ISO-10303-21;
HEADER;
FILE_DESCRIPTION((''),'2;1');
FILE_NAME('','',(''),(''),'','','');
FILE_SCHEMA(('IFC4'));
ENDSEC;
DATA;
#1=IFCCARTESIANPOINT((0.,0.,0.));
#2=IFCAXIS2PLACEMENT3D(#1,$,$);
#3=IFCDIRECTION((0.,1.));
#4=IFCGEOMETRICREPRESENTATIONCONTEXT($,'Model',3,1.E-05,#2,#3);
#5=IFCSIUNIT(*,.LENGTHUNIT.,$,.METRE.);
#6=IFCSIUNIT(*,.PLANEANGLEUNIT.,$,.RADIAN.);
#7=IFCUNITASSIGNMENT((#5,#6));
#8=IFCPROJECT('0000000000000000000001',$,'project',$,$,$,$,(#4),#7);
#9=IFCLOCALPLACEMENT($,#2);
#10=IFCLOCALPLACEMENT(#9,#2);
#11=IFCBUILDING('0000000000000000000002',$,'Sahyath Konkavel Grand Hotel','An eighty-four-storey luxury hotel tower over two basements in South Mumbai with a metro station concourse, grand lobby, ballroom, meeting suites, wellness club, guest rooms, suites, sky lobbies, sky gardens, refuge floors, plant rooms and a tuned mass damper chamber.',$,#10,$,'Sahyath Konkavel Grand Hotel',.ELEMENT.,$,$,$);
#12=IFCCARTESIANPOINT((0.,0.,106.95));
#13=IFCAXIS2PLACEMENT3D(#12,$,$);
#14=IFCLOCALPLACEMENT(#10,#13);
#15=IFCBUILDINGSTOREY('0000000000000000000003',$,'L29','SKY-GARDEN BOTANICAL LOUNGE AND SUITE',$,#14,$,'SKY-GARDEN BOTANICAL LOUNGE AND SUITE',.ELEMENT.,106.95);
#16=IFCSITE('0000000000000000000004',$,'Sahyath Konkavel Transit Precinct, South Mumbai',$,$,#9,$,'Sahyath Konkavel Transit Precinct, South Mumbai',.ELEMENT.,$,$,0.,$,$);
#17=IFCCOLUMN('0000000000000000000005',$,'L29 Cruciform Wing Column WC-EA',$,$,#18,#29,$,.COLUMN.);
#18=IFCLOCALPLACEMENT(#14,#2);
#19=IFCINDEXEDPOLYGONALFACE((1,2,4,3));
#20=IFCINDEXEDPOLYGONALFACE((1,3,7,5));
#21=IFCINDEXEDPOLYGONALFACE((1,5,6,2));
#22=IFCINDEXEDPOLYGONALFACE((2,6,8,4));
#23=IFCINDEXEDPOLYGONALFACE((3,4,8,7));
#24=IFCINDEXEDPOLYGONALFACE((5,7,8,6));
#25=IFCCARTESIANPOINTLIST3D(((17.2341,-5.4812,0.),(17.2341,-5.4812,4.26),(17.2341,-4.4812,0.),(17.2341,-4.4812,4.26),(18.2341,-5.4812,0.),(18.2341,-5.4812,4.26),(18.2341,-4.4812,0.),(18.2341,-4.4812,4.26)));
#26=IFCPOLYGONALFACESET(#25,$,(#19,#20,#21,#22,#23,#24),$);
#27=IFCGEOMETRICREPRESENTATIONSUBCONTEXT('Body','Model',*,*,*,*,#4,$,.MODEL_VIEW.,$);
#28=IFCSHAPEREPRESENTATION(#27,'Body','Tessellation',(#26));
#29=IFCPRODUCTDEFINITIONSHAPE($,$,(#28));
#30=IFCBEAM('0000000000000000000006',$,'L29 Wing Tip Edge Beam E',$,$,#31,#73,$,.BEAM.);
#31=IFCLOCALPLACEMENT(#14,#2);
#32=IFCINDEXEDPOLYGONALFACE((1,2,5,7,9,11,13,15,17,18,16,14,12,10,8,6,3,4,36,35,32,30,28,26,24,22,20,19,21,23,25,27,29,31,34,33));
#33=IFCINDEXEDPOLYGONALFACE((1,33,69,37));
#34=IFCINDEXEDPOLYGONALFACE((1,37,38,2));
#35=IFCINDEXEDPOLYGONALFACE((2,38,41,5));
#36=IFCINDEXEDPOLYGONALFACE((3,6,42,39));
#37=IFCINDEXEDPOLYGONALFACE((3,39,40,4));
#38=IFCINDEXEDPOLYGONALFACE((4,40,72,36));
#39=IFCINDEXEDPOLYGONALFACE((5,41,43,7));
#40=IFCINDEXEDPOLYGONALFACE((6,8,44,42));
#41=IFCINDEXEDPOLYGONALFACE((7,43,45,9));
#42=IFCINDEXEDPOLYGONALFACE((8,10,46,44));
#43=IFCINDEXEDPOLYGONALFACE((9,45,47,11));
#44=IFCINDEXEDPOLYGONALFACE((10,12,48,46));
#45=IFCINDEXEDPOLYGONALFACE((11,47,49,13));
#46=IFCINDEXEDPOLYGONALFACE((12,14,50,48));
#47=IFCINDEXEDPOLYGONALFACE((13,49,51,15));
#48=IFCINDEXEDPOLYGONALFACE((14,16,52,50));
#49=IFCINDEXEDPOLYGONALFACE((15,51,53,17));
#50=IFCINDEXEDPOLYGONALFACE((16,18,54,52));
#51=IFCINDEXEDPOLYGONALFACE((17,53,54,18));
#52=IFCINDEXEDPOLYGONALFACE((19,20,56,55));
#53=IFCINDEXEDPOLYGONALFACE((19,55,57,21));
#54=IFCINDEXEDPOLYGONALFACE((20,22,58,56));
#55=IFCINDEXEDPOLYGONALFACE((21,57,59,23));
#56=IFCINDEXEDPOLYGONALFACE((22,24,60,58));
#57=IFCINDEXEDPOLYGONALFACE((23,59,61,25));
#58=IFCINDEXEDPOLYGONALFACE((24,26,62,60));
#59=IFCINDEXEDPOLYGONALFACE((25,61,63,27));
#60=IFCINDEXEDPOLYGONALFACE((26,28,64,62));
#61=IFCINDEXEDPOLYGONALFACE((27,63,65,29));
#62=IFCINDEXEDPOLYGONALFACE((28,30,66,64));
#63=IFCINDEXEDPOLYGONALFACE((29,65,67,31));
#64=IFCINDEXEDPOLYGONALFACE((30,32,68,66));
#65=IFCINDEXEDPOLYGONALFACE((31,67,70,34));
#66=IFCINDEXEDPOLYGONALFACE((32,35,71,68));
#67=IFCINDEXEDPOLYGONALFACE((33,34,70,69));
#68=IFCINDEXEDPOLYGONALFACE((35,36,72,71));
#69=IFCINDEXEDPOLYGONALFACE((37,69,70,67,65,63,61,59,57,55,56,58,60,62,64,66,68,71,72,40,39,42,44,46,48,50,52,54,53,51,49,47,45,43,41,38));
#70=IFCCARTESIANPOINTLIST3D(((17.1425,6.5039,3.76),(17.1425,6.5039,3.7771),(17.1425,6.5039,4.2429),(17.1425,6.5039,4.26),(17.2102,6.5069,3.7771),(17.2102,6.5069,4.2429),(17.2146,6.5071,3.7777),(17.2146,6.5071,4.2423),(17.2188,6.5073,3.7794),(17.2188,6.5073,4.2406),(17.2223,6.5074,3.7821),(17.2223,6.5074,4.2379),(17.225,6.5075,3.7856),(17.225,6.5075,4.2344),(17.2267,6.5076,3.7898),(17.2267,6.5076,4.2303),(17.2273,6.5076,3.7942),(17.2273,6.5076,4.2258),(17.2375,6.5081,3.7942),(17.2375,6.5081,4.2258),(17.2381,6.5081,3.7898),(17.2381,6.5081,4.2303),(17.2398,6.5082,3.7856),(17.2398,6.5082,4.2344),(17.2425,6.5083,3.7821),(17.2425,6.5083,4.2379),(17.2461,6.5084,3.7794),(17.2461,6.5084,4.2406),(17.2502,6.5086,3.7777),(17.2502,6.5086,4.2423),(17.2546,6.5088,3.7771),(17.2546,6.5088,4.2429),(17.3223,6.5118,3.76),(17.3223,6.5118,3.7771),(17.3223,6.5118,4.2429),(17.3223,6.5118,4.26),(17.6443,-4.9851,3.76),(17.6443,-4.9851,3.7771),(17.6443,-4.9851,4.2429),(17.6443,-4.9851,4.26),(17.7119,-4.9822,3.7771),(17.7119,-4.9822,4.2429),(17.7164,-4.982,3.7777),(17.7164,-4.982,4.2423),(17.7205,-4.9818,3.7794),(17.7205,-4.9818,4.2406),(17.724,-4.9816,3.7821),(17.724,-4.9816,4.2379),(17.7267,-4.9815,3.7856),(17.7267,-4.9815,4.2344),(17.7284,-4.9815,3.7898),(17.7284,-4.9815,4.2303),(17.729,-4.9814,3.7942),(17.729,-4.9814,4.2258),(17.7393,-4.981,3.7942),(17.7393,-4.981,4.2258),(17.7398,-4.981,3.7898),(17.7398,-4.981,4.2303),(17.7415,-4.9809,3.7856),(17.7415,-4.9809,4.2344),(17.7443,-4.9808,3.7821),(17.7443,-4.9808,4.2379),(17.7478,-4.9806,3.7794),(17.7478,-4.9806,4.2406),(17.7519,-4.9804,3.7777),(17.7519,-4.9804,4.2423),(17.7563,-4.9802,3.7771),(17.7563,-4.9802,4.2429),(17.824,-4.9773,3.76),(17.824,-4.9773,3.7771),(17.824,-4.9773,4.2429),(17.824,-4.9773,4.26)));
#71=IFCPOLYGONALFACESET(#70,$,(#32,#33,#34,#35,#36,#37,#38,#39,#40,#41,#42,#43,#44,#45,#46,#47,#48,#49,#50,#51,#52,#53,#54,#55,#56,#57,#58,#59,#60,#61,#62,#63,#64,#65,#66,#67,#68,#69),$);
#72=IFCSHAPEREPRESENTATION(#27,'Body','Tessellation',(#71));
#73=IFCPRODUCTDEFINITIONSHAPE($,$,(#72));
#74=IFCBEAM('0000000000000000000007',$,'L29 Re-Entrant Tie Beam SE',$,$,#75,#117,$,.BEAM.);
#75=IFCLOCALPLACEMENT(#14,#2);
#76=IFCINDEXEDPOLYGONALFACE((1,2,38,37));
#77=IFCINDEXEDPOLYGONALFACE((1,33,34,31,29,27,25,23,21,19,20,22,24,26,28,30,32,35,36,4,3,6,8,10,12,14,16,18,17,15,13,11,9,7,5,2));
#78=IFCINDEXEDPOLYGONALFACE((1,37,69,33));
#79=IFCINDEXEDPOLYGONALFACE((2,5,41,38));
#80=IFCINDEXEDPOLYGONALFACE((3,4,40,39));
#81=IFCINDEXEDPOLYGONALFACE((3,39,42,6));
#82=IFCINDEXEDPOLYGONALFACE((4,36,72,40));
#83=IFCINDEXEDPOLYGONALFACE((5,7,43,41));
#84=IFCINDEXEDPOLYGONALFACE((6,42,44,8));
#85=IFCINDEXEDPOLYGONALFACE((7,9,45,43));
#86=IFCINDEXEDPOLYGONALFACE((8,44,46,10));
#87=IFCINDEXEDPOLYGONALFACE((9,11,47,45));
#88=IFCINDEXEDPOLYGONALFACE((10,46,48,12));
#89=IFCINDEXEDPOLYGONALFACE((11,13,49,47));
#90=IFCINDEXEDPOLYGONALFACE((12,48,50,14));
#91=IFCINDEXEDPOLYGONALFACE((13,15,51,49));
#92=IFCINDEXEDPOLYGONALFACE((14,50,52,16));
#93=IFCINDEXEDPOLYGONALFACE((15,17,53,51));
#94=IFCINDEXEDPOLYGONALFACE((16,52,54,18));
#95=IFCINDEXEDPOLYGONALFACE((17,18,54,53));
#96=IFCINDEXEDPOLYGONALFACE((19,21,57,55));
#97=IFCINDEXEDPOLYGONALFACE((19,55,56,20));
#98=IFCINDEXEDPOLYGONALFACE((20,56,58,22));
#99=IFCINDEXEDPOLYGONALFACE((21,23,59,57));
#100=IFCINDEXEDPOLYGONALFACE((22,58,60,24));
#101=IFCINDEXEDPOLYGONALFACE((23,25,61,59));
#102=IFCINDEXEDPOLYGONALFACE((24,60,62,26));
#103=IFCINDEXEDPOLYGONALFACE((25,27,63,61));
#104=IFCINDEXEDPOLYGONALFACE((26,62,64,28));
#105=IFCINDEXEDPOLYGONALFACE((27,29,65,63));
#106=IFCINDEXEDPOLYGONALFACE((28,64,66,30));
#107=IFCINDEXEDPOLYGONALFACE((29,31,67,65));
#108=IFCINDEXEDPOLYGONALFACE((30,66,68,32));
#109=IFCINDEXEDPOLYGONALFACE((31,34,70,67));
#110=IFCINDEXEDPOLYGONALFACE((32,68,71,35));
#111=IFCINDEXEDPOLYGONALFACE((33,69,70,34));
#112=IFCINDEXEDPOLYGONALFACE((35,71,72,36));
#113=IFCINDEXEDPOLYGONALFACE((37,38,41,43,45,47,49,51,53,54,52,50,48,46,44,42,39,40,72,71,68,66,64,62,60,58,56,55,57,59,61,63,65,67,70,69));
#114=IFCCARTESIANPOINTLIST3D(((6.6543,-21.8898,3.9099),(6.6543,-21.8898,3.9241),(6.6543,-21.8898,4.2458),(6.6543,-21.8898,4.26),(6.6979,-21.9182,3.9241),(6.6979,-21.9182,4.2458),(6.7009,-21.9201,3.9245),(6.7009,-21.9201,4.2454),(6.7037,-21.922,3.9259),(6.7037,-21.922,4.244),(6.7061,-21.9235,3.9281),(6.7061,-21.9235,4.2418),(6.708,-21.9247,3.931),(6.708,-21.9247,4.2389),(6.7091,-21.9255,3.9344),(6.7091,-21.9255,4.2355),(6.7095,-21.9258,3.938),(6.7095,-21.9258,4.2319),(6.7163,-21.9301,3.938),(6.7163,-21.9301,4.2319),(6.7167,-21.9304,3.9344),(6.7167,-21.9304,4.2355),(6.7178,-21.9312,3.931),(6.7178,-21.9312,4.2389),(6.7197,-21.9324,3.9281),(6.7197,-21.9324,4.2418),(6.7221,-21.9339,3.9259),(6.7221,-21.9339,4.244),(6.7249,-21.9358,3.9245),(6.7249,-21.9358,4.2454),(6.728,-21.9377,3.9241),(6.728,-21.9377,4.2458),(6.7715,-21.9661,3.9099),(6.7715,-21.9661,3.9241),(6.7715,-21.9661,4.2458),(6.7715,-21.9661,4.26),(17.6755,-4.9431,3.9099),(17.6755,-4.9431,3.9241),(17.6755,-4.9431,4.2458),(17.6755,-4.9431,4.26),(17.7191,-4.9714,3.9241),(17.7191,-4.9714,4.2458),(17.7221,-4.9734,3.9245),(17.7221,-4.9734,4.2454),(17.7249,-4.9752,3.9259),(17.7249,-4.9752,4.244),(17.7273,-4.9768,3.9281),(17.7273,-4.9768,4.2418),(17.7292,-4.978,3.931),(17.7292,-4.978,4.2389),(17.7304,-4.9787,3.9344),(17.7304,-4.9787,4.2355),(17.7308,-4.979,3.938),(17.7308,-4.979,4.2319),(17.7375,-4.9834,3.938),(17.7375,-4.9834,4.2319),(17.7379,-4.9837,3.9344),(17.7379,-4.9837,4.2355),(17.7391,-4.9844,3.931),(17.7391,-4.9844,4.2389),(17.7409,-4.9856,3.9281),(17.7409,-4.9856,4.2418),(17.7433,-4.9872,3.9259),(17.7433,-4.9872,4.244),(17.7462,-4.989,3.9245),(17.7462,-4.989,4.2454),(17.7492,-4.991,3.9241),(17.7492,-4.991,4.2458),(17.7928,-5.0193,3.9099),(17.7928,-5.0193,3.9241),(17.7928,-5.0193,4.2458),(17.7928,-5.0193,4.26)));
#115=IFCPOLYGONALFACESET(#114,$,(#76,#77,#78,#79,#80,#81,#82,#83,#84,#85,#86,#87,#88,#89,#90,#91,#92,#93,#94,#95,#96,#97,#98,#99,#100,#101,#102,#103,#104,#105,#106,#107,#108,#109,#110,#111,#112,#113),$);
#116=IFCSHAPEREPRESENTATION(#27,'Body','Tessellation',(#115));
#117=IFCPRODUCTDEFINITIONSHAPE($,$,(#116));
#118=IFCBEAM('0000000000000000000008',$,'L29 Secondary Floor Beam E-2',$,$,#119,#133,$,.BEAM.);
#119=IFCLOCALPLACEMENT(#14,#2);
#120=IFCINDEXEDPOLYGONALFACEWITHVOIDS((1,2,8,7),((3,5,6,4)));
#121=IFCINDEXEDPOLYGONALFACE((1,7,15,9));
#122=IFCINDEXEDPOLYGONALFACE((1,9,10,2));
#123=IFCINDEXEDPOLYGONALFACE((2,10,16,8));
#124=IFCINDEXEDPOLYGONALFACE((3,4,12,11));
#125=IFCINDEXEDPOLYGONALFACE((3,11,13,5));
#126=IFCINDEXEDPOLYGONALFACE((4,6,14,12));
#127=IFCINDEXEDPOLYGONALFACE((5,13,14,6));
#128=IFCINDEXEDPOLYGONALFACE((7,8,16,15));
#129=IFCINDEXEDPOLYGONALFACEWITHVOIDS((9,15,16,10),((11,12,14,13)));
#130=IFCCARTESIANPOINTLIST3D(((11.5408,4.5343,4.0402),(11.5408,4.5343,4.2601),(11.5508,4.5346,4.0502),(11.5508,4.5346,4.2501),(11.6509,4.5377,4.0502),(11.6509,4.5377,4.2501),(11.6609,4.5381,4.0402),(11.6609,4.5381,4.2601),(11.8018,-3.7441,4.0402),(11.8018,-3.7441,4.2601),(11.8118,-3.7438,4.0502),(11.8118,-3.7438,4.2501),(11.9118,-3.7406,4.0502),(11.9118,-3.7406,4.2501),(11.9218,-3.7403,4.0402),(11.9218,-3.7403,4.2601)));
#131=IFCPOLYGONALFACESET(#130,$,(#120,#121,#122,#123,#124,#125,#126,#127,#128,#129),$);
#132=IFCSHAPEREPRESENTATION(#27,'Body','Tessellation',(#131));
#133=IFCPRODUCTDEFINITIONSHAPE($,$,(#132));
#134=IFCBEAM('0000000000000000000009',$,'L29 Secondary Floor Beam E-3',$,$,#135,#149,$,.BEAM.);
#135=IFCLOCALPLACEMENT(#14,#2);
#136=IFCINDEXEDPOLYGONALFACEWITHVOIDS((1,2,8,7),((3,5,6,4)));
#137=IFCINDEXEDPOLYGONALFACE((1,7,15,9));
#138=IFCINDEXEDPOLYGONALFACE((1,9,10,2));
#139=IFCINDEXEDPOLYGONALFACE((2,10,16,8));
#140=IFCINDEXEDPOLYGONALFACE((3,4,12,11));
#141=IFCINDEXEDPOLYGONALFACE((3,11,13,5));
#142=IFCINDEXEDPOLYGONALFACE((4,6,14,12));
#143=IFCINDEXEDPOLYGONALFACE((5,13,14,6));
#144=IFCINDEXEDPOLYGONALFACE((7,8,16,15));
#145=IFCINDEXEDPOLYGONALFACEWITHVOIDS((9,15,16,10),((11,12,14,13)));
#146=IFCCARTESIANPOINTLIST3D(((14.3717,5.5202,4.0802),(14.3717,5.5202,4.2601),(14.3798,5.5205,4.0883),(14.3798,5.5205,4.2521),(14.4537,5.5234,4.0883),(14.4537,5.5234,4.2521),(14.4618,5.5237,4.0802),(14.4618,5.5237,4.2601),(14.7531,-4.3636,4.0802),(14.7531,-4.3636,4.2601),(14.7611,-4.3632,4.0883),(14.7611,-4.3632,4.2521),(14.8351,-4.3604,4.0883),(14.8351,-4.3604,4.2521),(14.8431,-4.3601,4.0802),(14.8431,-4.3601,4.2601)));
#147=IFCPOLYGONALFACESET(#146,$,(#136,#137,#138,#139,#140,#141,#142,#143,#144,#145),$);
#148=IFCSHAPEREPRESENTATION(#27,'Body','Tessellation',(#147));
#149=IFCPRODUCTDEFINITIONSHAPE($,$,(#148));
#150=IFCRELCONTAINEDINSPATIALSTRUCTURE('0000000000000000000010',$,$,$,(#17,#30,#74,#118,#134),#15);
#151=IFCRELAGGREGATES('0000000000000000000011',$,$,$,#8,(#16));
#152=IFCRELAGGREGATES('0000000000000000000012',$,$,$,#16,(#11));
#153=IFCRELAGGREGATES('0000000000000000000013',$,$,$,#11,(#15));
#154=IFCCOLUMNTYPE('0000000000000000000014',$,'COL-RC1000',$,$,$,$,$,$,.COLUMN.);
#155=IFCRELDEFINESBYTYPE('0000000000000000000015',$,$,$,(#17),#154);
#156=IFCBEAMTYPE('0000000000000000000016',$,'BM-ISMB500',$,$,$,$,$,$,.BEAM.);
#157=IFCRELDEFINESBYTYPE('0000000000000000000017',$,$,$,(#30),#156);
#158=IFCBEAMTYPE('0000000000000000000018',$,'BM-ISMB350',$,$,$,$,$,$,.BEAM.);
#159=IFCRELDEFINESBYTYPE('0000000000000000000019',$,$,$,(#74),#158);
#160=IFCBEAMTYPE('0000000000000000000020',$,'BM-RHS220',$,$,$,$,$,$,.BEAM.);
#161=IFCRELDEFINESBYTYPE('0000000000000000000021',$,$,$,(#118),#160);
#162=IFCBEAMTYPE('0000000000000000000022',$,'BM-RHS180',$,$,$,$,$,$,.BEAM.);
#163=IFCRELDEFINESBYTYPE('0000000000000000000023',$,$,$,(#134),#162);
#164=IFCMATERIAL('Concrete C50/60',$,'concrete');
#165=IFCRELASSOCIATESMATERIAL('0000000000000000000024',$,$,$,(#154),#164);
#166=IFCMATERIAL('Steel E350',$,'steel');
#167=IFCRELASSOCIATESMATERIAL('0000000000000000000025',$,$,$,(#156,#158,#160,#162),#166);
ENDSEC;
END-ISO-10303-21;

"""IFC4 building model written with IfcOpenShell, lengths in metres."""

from ifc_helpers import new_model, si_unit, direction, frame, origin, origin_2d, place, context, subcontext, project, spatial, rectangle, hollow_rectangle, i_section, extrude, source, transform, mapped, material, material_profile, profile_set, type_object, element, save


model = new_model("IFC4")

# Units and contexts
model_context = context("Model", 3, precision=1e-05, world=origin(), true_north=direction((0.0, 1.0)))
body_context = subcontext(model_context, "Body", "Model", "MODEL_VIEW")
ifc_project = project(units=[si_unit("LENGTHUNIT", "METRE"), si_unit("PLANEANGLEUNIT", "RADIAN")], contexts=[model_context])

# Site, building, storey
site_placement = place(None, origin())
site = spatial("IfcSite", under=ifc_project, at=site_placement, Name="Sahyath Konkavel Transit Precinct, South Mumbai", LongName="Sahyath Konkavel Transit Precinct, South Mumbai", CompositionType="ELEMENT", RefElevation=0.0)
building_placement = place(site_placement, origin())
building = spatial("IfcBuilding", under=site, at=building_placement, Name="Sahyath Konkavel Grand Hotel", Description="An eighty-four-storey luxury hotel tower over two basements in South Mumbai with a metro station concourse, grand lobby, ballroom, meeting suites, wellness club, guest rooms, suites, sky lobbies, sky gardens, refuge floors, plant rooms and a tuned mass damper chamber.", LongName="Sahyath Konkavel Grand Hotel", CompositionType="ELEMENT")
storey_placement = place(building_placement, frame((0.0, 0.0, 106.95)))
storey = spatial("IfcBuildingStorey", under=building, at=storey_placement, Name="L29", Description="SKY-GARDEN BOTANICAL LOUNGE AND SUITE", LongName="SKY-GARDEN BOTANICAL LOUNGE AND SUITE", CompositionType="ELEMENT", Elevation=106.95)

# Column
ifc_material_1 = material(Name="Concrete C50/60", Category="concrete")
ifc_material_profile_1 = material_profile(ifc_material_1, rectangle(XDim=1.0, YDim=1.0, at=origin_2d()), Name="RC 1000x1000")
ifc_profile_set_1 = profile_set([ifc_material_profile_1], Name="Concrete C50/60")
column_type = type_object("IfcColumnType", Name="COL-RC1000", PredefinedType="COLUMN", material=ifc_profile_set_1)
shared_shape_1 = source(origin(), body_context, "Body", "SweptSolid", [
    extrude(rectangle(XDim=1.0, YDim=1.0, at=origin_2d()), origin(), (0.0, 0.0, 1.0), 4.26),
])
column_placement = place(storey_placement, frame((17.7341, -4.9812, 0.0), z_axis=(0.0, 0.0, 1.0), x_axis=(1.0, 0.0, 0.0)))
element("IfcColumn", 1, at=column_placement, inside=storey, type_object=column_type, Name="L29 Cruciform Wing Column WC-EA", PredefinedType="COLUMN", context=body_context, shape_type="MappedRepresentation", body=[
    mapped(shared_shape_1, transform((0.0, 0.0, 0.0), scale=1.0)),
])

# Beams
ifc_material_2 = material(Name="Steel E350", Category="steel")
ifc_material_profile_2 = material_profile(ifc_material_2, i_section(OverallWidth=0.1799, OverallDepth=0.5, WebThickness=0.0103, FlangeThickness=0.0171, FilletRadius=0.0171, at=origin_2d()), Name="ISMB 500")
ifc_profile_set_2 = profile_set([ifc_material_profile_2], Name="Steel E350")
beam_type_1 = type_object("IfcBeamType", Name="BM-ISMB500", PredefinedType="BEAM", material=ifc_profile_set_2)
shared_shape_2 = source(origin(), body_context, "Body", "SweptSolid", [
    extrude(i_section(OverallWidth=0.1799, OverallDepth=0.5, WebThickness=0.0103, FlangeThickness=0.0171, FilletRadius=0.0171, at=origin_2d()), origin(), (0.0, 0.0, 1.0), 11.5),
])
beam_1_placement = place(storey_placement, frame((17.7341, -4.9812, 4.01), z_axis=(-0.043627, 0.999048, 0.0), x_axis=(-0.999048, -0.043627, 0.0)))
element("IfcBeam", 2, at=beam_1_placement, inside=storey, type_object=beam_type_1, Name="L29 Wing Tip Edge Beam E", PredefinedType="BEAM", context=body_context, shape_type="MappedRepresentation", body=[
    mapped(shared_shape_2, transform((0.0, 0.0, 0.0), scale=1.0)),
])
ifc_material_profile_3 = material_profile(ifc_material_2, i_section(OverallWidth=0.1399, OverallDepth=0.3501, WebThickness=0.0081, FlangeThickness=0.0142, FilletRadius=0.0139, at=origin_2d()), Name="ISMB 350")
ifc_profile_set_3 = profile_set([ifc_material_profile_3], Name="Steel E350")
beam_type_2 = type_object("IfcBeamType", Name="BM-ISMB350", PredefinedType="BEAM", material=ifc_profile_set_3)
shared_shape_3 = source(origin(), body_context, "Body", "SweptSolid", [
    extrude(i_section(OverallWidth=0.1399, OverallDepth=0.3501, WebThickness=0.0081, FlangeThickness=0.0142, FilletRadius=0.0139, at=origin_2d()), origin(), (0.0, 0.0, 1.0), 20.2153),
])
beam_2_placement = place(storey_placement, frame((17.7341, -4.9812, 4.085), z_axis=(-0.545191, -0.838312, 0.0), x_axis=(0.838312, -0.545191, 0.0)))
element("IfcBeam", 3, at=beam_2_placement, inside=storey, type_object=beam_type_2, Name="L29 Re-Entrant Tie Beam SE", PredefinedType="BEAM", context=body_context, shape_type="MappedRepresentation", body=[
    mapped(shared_shape_3, transform((0.0, 0.0, 0.0), scale=1.0)),
])
ifc_material_profile_4 = material_profile(ifc_material_2, hollow_rectangle(XDim=0.1201, YDim=0.22, WallThickness=0.01, at=origin_2d()), Name="RHS 220x120x10")
ifc_profile_set_4 = profile_set([ifc_material_profile_4], Name="Steel E350")
beam_type_3 = type_object("IfcBeamType", Name="BM-RHS220", PredefinedType="BEAM", material=ifc_profile_set_4)
shared_shape_4 = source(origin(), body_context, "Body", "SweptSolid", [
    extrude(hollow_rectangle(XDim=0.1201, YDim=0.22, WallThickness=0.01, at=origin_2d()), origin(), (0.0, 0.0, 1.0), 8.2825),
])
beam_3_placement = place(storey_placement, frame((11.8618, -3.7422, 4.1501), z_axis=(-0.031511, 0.999503, 0.0), x_axis=(-0.999503, -0.031511, 0.0)))
element("IfcBeam", 4, at=beam_3_placement, inside=storey, type_object=beam_type_3, Name="L29 Secondary Floor Beam E-2", PredefinedType="BEAM", context=body_context, shape_type="MappedRepresentation", body=[
    mapped(shared_shape_4, transform((0.0, 0.0, 0.0), scale=1.0)),
])
ifc_material_profile_5 = material_profile(ifc_material_2, hollow_rectangle(XDim=0.0901, YDim=0.1799, WallThickness=0.0081, at=origin_2d()), Name="RHS 180x90x8")
ifc_profile_set_5 = profile_set([ifc_material_profile_5], Name="Steel E350")
beam_type_4 = type_object("IfcBeamType", Name="BM-RHS180", PredefinedType="BEAM", material=ifc_profile_set_5)
shared_shape_5 = source(origin(), body_context, "Body", "SweptSolid", [
    extrude(hollow_rectangle(XDim=0.0901, YDim=0.1799, WallThickness=0.0081, at=origin_2d()), origin(), (0.0, 0.0, 1.0), 9.8911),
])
beam_4_placement = place(storey_placement, frame((14.7981, -4.3618, 4.1702), z_axis=(-0.038554, 0.999257, 0.0), x_axis=(-0.999257, -0.038554, 0.0)))
element("IfcBeam", 5, at=beam_4_placement, inside=storey, type_object=beam_type_4, Name="L29 Secondary Floor Beam E-3", PredefinedType="BEAM", context=body_context, shape_type="MappedRepresentation", body=[
    mapped(shared_shape_5, transform((0.0, 0.0, 0.0), scale=1.0)),
])

save(model, "model.ifc")
